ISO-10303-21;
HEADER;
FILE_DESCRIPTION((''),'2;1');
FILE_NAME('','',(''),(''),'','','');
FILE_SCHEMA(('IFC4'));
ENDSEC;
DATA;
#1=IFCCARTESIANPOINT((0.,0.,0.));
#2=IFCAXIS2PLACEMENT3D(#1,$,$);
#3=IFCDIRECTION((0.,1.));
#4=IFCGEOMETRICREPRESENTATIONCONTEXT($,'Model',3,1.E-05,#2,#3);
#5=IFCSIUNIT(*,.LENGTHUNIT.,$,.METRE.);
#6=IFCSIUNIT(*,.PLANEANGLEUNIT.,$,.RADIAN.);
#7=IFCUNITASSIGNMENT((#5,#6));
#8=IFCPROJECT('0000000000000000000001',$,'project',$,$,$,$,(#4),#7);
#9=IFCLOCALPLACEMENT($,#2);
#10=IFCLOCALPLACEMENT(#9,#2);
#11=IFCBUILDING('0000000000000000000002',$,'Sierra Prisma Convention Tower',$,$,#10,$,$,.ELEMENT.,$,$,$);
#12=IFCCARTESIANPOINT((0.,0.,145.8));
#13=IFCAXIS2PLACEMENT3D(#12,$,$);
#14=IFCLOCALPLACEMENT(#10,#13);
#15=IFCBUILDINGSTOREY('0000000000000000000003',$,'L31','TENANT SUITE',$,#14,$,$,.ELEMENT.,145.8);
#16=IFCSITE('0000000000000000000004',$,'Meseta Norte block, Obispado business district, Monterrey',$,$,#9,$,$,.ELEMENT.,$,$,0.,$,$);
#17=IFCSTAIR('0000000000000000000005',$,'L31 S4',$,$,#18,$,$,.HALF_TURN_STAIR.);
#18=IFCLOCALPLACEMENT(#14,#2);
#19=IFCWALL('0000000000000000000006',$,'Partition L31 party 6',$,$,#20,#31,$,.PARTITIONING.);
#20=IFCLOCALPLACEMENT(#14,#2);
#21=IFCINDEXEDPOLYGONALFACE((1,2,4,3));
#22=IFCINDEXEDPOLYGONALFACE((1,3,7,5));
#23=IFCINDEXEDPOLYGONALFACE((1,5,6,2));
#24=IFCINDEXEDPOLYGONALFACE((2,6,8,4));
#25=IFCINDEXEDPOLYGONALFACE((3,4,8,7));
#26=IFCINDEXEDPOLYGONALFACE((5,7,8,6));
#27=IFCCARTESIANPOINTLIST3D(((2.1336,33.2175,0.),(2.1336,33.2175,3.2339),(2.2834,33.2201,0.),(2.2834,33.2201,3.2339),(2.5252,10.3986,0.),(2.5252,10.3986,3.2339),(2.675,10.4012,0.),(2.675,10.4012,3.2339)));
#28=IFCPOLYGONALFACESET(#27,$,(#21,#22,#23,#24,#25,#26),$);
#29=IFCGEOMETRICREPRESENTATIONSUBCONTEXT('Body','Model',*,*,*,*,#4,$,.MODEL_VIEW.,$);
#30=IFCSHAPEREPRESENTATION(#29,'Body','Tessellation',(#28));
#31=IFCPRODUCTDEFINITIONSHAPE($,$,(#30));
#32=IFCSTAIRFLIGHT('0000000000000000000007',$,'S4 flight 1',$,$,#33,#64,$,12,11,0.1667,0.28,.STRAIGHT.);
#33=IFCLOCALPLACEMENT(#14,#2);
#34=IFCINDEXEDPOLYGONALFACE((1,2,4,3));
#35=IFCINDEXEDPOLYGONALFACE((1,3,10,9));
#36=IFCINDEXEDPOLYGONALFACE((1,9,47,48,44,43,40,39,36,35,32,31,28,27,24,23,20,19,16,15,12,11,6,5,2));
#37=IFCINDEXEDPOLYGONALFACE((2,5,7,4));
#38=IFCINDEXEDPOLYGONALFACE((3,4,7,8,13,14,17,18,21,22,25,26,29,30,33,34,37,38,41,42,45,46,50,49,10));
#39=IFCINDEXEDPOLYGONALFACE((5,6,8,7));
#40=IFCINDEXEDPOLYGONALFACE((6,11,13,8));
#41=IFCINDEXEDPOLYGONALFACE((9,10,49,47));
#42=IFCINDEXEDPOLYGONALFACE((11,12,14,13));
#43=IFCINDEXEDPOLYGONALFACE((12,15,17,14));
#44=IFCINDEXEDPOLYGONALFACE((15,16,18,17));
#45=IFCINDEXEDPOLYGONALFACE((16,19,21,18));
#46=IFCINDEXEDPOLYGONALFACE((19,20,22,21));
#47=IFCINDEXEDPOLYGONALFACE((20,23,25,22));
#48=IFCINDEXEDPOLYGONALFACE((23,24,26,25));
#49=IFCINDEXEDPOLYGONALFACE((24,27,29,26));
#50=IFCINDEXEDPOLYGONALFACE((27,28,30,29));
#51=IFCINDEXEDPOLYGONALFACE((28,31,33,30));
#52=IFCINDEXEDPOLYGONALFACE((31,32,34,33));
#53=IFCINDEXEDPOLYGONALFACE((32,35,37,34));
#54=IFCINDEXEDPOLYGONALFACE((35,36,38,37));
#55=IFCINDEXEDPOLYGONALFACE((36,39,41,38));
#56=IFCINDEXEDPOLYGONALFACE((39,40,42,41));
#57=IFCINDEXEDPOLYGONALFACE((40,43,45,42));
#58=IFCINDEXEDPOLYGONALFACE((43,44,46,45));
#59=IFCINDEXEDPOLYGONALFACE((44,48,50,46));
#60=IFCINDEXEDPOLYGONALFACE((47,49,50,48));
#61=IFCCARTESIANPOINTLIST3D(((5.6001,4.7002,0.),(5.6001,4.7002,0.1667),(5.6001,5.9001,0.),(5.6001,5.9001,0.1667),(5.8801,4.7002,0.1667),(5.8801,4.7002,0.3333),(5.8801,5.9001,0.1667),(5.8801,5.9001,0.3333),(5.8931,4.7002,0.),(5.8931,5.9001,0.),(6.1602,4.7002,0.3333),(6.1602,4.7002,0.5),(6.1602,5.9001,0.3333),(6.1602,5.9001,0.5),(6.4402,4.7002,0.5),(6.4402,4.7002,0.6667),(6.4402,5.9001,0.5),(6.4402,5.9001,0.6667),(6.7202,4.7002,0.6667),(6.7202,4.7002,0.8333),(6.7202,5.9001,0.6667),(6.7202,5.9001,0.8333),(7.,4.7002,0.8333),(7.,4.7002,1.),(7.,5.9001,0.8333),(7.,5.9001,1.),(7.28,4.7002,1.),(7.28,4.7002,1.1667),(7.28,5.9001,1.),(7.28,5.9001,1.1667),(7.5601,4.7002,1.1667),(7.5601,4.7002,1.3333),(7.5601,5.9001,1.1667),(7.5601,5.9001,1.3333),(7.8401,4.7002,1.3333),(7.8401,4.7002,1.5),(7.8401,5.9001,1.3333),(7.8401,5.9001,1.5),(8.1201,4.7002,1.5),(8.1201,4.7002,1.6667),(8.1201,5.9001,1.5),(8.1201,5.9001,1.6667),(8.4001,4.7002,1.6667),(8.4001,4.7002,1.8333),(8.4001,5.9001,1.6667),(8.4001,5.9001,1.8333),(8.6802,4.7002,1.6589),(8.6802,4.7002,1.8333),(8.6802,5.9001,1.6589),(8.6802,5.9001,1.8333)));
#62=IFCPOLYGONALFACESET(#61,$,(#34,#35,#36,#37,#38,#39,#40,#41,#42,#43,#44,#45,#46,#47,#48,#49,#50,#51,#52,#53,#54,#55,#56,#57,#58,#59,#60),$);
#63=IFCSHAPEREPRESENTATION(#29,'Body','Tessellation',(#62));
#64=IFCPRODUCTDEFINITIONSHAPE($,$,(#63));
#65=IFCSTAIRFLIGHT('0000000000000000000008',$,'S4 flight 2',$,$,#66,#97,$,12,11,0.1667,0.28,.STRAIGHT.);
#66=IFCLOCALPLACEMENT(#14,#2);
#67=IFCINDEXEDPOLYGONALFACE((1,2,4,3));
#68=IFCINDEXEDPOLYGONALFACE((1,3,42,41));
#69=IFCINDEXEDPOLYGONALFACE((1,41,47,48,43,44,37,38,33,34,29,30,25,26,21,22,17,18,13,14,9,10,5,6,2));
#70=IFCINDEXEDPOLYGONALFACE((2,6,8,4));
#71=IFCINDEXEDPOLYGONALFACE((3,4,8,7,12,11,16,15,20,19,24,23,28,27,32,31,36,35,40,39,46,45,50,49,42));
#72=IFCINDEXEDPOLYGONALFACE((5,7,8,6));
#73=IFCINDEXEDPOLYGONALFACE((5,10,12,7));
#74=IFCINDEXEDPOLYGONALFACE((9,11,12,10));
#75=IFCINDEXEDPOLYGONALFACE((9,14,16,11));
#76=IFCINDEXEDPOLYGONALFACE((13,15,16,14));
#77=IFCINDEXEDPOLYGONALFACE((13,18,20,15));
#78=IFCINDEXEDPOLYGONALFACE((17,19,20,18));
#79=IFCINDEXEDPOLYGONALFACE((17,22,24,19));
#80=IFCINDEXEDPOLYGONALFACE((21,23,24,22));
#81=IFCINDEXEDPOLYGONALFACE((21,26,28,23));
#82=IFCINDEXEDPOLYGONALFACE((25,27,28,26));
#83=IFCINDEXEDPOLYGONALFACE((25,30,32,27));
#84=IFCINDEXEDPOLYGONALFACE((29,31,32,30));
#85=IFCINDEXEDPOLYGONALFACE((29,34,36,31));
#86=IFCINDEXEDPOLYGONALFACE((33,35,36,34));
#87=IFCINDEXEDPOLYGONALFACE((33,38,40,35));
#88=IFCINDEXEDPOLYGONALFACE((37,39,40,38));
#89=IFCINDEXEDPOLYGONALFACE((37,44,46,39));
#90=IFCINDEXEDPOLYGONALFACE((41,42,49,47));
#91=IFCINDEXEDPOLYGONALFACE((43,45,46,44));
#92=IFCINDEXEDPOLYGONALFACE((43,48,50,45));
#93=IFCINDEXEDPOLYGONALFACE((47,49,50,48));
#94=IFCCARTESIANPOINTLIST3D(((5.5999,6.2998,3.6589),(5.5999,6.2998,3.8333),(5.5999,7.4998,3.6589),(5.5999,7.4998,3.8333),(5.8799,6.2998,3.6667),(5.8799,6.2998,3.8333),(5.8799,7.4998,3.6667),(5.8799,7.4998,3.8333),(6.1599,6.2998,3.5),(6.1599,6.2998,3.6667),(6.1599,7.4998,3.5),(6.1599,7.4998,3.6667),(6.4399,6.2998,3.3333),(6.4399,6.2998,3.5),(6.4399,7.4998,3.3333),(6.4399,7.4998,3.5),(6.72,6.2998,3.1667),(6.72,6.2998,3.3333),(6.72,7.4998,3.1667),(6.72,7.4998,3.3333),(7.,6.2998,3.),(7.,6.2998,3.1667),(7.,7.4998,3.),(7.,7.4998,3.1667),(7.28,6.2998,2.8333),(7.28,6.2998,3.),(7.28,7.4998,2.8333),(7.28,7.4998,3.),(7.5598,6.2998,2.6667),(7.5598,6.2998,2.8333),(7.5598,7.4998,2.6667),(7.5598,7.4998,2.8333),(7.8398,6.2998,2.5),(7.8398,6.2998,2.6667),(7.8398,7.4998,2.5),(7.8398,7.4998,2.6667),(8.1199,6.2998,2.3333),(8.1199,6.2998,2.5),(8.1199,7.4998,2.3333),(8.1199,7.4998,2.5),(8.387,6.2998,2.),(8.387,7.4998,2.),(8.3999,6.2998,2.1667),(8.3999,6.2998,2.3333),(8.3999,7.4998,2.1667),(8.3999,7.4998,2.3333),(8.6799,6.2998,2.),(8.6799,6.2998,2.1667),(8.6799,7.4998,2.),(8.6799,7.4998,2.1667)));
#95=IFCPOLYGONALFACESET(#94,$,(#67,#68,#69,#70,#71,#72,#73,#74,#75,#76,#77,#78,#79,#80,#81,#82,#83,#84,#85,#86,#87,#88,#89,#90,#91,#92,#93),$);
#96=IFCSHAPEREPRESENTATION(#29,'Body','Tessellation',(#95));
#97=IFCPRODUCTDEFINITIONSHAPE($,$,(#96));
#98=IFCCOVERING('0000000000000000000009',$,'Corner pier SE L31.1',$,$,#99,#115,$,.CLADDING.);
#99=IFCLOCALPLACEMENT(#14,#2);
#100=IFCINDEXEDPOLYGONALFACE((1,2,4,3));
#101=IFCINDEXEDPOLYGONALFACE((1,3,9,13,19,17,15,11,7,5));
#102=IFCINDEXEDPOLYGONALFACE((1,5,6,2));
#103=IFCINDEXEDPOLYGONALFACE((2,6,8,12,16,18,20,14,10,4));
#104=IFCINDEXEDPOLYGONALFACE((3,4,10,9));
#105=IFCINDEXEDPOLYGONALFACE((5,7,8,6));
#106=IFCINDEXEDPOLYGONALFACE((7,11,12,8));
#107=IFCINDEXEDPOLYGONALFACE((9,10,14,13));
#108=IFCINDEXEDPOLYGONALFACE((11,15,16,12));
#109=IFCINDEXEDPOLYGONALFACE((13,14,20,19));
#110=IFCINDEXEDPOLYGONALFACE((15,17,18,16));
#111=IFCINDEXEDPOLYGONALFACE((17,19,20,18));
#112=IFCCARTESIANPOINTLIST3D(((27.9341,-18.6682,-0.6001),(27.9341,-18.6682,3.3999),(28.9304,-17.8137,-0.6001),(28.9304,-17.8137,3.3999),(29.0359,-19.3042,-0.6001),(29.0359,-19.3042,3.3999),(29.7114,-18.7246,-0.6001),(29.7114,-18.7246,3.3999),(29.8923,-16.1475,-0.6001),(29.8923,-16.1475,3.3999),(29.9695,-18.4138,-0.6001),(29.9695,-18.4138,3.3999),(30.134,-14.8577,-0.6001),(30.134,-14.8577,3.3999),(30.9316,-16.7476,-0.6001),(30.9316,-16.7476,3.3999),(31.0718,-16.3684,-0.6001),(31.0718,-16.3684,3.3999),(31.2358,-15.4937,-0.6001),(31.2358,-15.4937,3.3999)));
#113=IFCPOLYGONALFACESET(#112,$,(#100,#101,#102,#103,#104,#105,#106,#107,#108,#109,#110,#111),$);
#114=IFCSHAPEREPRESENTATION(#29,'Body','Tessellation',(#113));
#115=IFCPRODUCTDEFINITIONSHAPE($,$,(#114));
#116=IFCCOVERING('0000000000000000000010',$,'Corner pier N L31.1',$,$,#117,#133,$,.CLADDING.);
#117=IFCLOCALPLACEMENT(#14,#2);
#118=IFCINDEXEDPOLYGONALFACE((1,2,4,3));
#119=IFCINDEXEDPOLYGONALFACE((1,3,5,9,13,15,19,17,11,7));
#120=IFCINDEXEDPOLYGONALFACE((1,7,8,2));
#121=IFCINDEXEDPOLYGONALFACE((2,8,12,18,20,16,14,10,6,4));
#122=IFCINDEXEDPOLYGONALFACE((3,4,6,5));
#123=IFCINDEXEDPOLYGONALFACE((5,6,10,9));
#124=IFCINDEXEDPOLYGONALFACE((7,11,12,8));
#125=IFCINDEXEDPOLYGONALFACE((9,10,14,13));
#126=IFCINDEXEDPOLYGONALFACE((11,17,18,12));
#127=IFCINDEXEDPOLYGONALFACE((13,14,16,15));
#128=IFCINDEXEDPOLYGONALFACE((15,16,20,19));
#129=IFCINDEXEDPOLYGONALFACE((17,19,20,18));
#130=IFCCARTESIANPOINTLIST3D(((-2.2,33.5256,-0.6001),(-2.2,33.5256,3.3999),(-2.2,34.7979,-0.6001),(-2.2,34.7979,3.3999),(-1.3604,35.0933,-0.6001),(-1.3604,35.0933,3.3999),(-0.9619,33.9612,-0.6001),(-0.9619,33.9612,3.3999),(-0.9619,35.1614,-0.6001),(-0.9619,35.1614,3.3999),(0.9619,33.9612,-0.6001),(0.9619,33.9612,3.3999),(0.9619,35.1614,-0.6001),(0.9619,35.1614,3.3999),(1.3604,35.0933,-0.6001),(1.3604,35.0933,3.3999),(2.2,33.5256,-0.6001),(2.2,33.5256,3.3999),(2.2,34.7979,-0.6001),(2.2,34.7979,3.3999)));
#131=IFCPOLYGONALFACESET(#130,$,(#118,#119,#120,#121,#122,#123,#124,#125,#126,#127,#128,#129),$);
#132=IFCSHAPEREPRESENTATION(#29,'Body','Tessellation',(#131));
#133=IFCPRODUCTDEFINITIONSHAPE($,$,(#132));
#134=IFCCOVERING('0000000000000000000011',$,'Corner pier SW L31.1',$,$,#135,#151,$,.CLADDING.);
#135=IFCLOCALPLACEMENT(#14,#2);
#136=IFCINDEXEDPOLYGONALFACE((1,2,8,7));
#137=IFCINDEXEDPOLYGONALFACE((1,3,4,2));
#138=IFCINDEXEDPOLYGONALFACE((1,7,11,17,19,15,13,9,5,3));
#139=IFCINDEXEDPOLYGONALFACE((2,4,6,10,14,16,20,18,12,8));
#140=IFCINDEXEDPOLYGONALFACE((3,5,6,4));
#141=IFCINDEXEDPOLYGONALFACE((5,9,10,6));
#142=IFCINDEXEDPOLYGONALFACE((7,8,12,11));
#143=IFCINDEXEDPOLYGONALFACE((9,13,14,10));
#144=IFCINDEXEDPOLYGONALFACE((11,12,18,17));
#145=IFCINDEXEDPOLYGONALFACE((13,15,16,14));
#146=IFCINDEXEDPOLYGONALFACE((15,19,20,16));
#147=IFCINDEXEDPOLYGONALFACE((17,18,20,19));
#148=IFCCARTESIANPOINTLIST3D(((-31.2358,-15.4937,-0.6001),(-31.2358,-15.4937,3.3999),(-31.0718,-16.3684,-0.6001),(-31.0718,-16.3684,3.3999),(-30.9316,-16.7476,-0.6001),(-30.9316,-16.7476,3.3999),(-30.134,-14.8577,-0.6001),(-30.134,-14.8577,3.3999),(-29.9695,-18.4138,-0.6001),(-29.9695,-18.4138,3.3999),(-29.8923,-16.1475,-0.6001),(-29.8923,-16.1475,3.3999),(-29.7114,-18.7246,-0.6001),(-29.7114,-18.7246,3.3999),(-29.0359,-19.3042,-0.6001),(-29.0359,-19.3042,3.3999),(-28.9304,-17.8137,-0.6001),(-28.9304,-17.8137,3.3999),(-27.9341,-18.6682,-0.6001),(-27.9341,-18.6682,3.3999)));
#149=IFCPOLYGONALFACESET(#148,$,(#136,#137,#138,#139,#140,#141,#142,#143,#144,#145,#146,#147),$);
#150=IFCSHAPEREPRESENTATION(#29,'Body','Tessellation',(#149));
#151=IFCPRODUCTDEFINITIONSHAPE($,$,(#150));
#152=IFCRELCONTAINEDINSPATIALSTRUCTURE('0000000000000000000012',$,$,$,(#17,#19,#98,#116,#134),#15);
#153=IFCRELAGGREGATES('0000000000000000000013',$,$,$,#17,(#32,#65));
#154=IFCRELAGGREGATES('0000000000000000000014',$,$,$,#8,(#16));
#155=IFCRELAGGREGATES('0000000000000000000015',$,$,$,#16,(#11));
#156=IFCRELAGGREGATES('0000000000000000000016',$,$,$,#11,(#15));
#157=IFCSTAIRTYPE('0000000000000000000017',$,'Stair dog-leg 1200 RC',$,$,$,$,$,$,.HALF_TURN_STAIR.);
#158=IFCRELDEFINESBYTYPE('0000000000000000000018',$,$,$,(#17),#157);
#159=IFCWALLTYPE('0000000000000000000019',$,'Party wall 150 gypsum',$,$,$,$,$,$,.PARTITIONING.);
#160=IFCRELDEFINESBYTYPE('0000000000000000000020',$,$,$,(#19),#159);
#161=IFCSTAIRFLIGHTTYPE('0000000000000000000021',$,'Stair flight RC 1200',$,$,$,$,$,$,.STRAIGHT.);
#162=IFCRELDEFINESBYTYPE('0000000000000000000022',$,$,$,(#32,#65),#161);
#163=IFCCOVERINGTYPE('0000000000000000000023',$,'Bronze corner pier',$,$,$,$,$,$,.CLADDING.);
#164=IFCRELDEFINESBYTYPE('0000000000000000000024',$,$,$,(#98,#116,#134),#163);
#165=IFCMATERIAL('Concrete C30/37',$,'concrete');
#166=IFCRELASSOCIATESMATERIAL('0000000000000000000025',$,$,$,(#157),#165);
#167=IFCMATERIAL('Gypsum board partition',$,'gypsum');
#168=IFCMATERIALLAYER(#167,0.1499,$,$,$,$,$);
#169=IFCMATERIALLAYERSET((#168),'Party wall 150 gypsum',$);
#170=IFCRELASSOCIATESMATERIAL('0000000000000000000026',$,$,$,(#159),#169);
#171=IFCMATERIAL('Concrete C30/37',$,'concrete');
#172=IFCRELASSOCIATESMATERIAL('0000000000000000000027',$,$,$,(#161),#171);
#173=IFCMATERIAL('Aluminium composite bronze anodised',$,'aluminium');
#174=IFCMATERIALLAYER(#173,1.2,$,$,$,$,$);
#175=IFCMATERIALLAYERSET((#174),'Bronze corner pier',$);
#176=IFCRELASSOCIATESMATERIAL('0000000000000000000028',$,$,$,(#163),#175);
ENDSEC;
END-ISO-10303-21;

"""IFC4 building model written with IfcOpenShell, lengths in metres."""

from ifc_helpers import new_model, si_unit, direction, frame, frame_2d, origin, place, context, subcontext, project, spatial, polyline, rectangle, outline, extrude, material, layer, layer_set, type_object, element, aggregate, save


model = new_model("IFC4")

# Units and contexts
model_context = context("Model", 3, precision=1e-05, world=origin(), true_north=direction((0.0, 1.0)))
body_context = subcontext(model_context, "Body", "Model", "MODEL_VIEW")
ifc_project = project(units=[si_unit("LENGTHUNIT", "METRE"), si_unit("PLANEANGLEUNIT", "RADIAN")], contexts=[model_context])

# Site, building, storey
site_placement = place(None, origin())
site = spatial("IfcSite", under=ifc_project, at=site_placement, Name="Meseta Norte block, Obispado business district, Monterrey", CompositionType="ELEMENT", RefElevation=0.0)
building_placement = place(site_placement, origin())
building = spatial("IfcBuilding", under=site, at=building_placement, Name="Sierra Prisma Convention Tower", CompositionType="ELEMENT")
storey_placement = place(building_placement, frame((0.0, 0.0, 145.8)))
storey = spatial("IfcBuildingStorey", under=building, at=storey_placement, Name="L31", Description="TENANT SUITE", CompositionType="ELEMENT", Elevation=145.8)

# Shared definitions
ifc_material_1 = material(Name="Concrete C30/37", Category="concrete")
stair_type = type_object("IfcStairType", Name="Stair dog-leg 1200 RC", PredefinedType="HALF_TURN_STAIR", material=ifc_material_1)

# Stair
stair_1_placement = place(storey_placement, origin())
stair_1 = element("IfcStair", 1, at=stair_1_placement, inside=storey, type_object=stair_type, Name="L31 S4", PredefinedType="HALF_TURN_STAIR")

# Wall
ifc_material_2 = material(Name="Gypsum board partition", Category="gypsum")
ifc_layer_1 = layer(ifc_material_2, 0.1499)
ifc_layer_set_1 = layer_set([ifc_layer_1], Name="Party wall 150 gypsum")
wall_type_1 = type_object("IfcWallType", Name="Party wall 150 gypsum", PredefinedType="PARTITIONING", material=ifc_layer_set_1)
wall_1_placement = place(storey_placement, frame((2.6001, 10.3999, 0.0), z_axis=(0.0, 0.0, 1.0), x_axis=(-0.017159, 0.999853, 0.0)))
element("IfcWall", 2, at=wall_1_placement, inside=storey, type_object=wall_type_1, Name="Partition L31 party 6", PredefinedType="PARTITIONING", context=body_context, shape_type="SweptSolid", body=[
    extrude(rectangle(XDim=22.8223, YDim=0.1499, at=frame_2d((11.4111, 0.0))), origin(), (0.0, 0.0, 1.0), 3.2339),
])

# Stair flights
ifc_material_3 = material(Name="Concrete C30/37", Category="concrete")
stair_flight_type = type_object("IfcStairFlightType", Name="Stair flight RC 1200", PredefinedType="STRAIGHT", material=ifc_material_3)
stair_flight_1_placement = place(storey_placement, frame((5.6001, 5.3, 0.0), z_axis=(0.0, 0.0, 1.0), x_axis=(1.0, 0.0, 0.0)))
stair_flight_1 = element("IfcStairFlight", 3, at=stair_flight_1_placement, type_object=stair_flight_type, Name="S4 flight 1", NumberOfRisers=12, NumberOfTreads=11, PredefinedType="STRAIGHT", RiserHeight=0.1667, TreadLength=0.28, context=body_context, shape_type="SweptSolid", body=[
    extrude(outline(polyline([(0.0, 0.0), (0.0, 0.1667), (0.28, 0.1667), (0.28, 0.3333), (0.5601, 0.3333), (0.5601, 0.5), (0.8401, 0.5), (0.8401, 0.6667), (1.1201, 0.6667), (1.1201, 0.8333), (1.3999, 0.8333), (1.3999, 1.0), (1.6799, 1.0), (1.6799, 1.1667), (1.96, 1.1667), (1.96, 1.3333), (2.24, 1.3333), (2.24, 1.5), (2.52, 1.5), (2.52, 1.6667), (2.8, 1.6667), (2.8, 1.8333), (3.0801, 1.8333), (3.0801, 2.0), (3.0801, 1.6589), (0.293, 0.0), (0.0, 0.0)])), frame((0.0, 0.6001, 0.0), z_axis=(0.0, -1.0, 0.0), x_axis=(1.0, 0.0, 0.0)), (0.0, 0.0, 1.0), 1.2),
])
stair_flight_2_placement = place(storey_placement, frame((8.6799, 6.8999, 2.0), z_axis=(0.0, 0.0, 1.0), x_axis=(-1.0, 0.0, 0.0)))
stair_flight_2 = element("IfcStairFlight", 4, at=stair_flight_2_placement, type_object=stair_flight_type, Name="S4 flight 2", NumberOfRisers=12, NumberOfTreads=11, PredefinedType="STRAIGHT", RiserHeight=0.1667, TreadLength=0.28, context=body_context, shape_type="SweptSolid", body=[
    extrude(outline(polyline([(0.0, 0.0), (0.0, 0.1667), (0.28, 0.1667), (0.28, 0.3333), (0.5601, 0.3333), (0.5601, 0.5), (0.8401, 0.5), (0.8401, 0.6667), (1.1201, 0.6667), (1.1201, 0.8333), (1.3999, 0.8333), (1.3999, 1.0), (1.6799, 1.0), (1.6799, 1.1667), (1.96, 1.1667), (1.96, 1.3333), (2.24, 1.3333), (2.24, 1.5), (2.52, 1.5), (2.52, 1.6667), (2.8, 1.6667), (2.8, 1.8333), (3.0801, 1.8333), (3.0801, 2.0), (3.0801, 1.6589), (0.293, 0.0), (0.0, 0.0)])), frame((0.0, 0.6001, 0.0), z_axis=(0.0, -1.0, 0.0), x_axis=(1.0, 0.0, 0.0)), (0.0, 0.0, 1.0), 1.2),
])
aggregate(stair_1, [stair_flight_1, stair_flight_2])

# Coverings
ifc_material_4 = material(Name="Aluminium composite bronze anodised", Category="aluminium")
ifc_layer_2 = layer(ifc_material_4, 1.2)
ifc_layer_set_2 = layer_set([ifc_layer_2], Name="Bronze corner pier")
covering_type = type_object("IfcCoveringType", Name="Bronze corner pier", PredefinedType="CLADDING", material=ifc_layer_set_2)
covering_1_placement = place(storey_placement, frame((0.0, 0.0, -0.6001)))
element("IfcCovering", 5, at=covering_1_placement, inside=storey, type_object=covering_type, Name="Corner pier SE L31.1", PredefinedType="CLADDING", context=body_context, shape_type="SweptSolid", body=[
    extrude(outline(polyline([(31.0718, -16.3684), (30.9316, -16.7476), (29.9695, -18.4138), (29.7114, -18.7246), (29.0359, -19.3042), (27.9341, -18.6682), (28.9304, -17.8137), (29.8923, -16.1475), (30.134, -14.8577), (31.2358, -15.4937), (31.0718, -16.3684)])), origin(), (0.0, 0.0, 1.0), 4.0),
])
covering_2_placement = place(storey_placement, frame((0.0, 0.0, -0.6001)))
element("IfcCovering", 6, at=covering_2_placement, inside=storey, type_object=covering_type, Name="Corner pier N L31.1", PredefinedType="CLADDING", context=body_context, shape_type="SweptSolid", body=[
    extrude(outline(polyline([(-1.3604, 35.0933), (-0.9619, 35.1614), (0.9619, 35.1614), (1.3604, 35.0933), (2.2, 34.7979), (2.2, 33.5256), (0.9619, 33.9612), (-0.9619, 33.9612), (-2.2, 33.5256), (-2.2, 34.7979), (-1.3604, 35.0933)])), origin(), (0.0, 0.0, 1.0), 4.0),
])
covering_3_placement = place(storey_placement, frame((0.0, 0.0, -0.6001)))
element("IfcCovering", 7, at=covering_3_placement, inside=storey, type_object=covering_type, Name="Corner pier SW L31.1", PredefinedType="CLADDING", context=body_context, shape_type="SweptSolid", body=[
    extrude(outline(polyline([(-29.7114, -18.7246), (-29.9695, -18.4138), (-30.9316, -16.7476), (-31.0718, -16.3684), (-31.2358, -15.4937), (-30.134, -14.8577), (-29.8923, -16.1475), (-28.9304, -17.8137), (-27.9341, -18.6682), (-29.0359, -19.3042), (-29.7114, -18.7246)])), origin(), (0.0, 0.0, 1.0), 4.0),
])

save(model, "model.ifc")
